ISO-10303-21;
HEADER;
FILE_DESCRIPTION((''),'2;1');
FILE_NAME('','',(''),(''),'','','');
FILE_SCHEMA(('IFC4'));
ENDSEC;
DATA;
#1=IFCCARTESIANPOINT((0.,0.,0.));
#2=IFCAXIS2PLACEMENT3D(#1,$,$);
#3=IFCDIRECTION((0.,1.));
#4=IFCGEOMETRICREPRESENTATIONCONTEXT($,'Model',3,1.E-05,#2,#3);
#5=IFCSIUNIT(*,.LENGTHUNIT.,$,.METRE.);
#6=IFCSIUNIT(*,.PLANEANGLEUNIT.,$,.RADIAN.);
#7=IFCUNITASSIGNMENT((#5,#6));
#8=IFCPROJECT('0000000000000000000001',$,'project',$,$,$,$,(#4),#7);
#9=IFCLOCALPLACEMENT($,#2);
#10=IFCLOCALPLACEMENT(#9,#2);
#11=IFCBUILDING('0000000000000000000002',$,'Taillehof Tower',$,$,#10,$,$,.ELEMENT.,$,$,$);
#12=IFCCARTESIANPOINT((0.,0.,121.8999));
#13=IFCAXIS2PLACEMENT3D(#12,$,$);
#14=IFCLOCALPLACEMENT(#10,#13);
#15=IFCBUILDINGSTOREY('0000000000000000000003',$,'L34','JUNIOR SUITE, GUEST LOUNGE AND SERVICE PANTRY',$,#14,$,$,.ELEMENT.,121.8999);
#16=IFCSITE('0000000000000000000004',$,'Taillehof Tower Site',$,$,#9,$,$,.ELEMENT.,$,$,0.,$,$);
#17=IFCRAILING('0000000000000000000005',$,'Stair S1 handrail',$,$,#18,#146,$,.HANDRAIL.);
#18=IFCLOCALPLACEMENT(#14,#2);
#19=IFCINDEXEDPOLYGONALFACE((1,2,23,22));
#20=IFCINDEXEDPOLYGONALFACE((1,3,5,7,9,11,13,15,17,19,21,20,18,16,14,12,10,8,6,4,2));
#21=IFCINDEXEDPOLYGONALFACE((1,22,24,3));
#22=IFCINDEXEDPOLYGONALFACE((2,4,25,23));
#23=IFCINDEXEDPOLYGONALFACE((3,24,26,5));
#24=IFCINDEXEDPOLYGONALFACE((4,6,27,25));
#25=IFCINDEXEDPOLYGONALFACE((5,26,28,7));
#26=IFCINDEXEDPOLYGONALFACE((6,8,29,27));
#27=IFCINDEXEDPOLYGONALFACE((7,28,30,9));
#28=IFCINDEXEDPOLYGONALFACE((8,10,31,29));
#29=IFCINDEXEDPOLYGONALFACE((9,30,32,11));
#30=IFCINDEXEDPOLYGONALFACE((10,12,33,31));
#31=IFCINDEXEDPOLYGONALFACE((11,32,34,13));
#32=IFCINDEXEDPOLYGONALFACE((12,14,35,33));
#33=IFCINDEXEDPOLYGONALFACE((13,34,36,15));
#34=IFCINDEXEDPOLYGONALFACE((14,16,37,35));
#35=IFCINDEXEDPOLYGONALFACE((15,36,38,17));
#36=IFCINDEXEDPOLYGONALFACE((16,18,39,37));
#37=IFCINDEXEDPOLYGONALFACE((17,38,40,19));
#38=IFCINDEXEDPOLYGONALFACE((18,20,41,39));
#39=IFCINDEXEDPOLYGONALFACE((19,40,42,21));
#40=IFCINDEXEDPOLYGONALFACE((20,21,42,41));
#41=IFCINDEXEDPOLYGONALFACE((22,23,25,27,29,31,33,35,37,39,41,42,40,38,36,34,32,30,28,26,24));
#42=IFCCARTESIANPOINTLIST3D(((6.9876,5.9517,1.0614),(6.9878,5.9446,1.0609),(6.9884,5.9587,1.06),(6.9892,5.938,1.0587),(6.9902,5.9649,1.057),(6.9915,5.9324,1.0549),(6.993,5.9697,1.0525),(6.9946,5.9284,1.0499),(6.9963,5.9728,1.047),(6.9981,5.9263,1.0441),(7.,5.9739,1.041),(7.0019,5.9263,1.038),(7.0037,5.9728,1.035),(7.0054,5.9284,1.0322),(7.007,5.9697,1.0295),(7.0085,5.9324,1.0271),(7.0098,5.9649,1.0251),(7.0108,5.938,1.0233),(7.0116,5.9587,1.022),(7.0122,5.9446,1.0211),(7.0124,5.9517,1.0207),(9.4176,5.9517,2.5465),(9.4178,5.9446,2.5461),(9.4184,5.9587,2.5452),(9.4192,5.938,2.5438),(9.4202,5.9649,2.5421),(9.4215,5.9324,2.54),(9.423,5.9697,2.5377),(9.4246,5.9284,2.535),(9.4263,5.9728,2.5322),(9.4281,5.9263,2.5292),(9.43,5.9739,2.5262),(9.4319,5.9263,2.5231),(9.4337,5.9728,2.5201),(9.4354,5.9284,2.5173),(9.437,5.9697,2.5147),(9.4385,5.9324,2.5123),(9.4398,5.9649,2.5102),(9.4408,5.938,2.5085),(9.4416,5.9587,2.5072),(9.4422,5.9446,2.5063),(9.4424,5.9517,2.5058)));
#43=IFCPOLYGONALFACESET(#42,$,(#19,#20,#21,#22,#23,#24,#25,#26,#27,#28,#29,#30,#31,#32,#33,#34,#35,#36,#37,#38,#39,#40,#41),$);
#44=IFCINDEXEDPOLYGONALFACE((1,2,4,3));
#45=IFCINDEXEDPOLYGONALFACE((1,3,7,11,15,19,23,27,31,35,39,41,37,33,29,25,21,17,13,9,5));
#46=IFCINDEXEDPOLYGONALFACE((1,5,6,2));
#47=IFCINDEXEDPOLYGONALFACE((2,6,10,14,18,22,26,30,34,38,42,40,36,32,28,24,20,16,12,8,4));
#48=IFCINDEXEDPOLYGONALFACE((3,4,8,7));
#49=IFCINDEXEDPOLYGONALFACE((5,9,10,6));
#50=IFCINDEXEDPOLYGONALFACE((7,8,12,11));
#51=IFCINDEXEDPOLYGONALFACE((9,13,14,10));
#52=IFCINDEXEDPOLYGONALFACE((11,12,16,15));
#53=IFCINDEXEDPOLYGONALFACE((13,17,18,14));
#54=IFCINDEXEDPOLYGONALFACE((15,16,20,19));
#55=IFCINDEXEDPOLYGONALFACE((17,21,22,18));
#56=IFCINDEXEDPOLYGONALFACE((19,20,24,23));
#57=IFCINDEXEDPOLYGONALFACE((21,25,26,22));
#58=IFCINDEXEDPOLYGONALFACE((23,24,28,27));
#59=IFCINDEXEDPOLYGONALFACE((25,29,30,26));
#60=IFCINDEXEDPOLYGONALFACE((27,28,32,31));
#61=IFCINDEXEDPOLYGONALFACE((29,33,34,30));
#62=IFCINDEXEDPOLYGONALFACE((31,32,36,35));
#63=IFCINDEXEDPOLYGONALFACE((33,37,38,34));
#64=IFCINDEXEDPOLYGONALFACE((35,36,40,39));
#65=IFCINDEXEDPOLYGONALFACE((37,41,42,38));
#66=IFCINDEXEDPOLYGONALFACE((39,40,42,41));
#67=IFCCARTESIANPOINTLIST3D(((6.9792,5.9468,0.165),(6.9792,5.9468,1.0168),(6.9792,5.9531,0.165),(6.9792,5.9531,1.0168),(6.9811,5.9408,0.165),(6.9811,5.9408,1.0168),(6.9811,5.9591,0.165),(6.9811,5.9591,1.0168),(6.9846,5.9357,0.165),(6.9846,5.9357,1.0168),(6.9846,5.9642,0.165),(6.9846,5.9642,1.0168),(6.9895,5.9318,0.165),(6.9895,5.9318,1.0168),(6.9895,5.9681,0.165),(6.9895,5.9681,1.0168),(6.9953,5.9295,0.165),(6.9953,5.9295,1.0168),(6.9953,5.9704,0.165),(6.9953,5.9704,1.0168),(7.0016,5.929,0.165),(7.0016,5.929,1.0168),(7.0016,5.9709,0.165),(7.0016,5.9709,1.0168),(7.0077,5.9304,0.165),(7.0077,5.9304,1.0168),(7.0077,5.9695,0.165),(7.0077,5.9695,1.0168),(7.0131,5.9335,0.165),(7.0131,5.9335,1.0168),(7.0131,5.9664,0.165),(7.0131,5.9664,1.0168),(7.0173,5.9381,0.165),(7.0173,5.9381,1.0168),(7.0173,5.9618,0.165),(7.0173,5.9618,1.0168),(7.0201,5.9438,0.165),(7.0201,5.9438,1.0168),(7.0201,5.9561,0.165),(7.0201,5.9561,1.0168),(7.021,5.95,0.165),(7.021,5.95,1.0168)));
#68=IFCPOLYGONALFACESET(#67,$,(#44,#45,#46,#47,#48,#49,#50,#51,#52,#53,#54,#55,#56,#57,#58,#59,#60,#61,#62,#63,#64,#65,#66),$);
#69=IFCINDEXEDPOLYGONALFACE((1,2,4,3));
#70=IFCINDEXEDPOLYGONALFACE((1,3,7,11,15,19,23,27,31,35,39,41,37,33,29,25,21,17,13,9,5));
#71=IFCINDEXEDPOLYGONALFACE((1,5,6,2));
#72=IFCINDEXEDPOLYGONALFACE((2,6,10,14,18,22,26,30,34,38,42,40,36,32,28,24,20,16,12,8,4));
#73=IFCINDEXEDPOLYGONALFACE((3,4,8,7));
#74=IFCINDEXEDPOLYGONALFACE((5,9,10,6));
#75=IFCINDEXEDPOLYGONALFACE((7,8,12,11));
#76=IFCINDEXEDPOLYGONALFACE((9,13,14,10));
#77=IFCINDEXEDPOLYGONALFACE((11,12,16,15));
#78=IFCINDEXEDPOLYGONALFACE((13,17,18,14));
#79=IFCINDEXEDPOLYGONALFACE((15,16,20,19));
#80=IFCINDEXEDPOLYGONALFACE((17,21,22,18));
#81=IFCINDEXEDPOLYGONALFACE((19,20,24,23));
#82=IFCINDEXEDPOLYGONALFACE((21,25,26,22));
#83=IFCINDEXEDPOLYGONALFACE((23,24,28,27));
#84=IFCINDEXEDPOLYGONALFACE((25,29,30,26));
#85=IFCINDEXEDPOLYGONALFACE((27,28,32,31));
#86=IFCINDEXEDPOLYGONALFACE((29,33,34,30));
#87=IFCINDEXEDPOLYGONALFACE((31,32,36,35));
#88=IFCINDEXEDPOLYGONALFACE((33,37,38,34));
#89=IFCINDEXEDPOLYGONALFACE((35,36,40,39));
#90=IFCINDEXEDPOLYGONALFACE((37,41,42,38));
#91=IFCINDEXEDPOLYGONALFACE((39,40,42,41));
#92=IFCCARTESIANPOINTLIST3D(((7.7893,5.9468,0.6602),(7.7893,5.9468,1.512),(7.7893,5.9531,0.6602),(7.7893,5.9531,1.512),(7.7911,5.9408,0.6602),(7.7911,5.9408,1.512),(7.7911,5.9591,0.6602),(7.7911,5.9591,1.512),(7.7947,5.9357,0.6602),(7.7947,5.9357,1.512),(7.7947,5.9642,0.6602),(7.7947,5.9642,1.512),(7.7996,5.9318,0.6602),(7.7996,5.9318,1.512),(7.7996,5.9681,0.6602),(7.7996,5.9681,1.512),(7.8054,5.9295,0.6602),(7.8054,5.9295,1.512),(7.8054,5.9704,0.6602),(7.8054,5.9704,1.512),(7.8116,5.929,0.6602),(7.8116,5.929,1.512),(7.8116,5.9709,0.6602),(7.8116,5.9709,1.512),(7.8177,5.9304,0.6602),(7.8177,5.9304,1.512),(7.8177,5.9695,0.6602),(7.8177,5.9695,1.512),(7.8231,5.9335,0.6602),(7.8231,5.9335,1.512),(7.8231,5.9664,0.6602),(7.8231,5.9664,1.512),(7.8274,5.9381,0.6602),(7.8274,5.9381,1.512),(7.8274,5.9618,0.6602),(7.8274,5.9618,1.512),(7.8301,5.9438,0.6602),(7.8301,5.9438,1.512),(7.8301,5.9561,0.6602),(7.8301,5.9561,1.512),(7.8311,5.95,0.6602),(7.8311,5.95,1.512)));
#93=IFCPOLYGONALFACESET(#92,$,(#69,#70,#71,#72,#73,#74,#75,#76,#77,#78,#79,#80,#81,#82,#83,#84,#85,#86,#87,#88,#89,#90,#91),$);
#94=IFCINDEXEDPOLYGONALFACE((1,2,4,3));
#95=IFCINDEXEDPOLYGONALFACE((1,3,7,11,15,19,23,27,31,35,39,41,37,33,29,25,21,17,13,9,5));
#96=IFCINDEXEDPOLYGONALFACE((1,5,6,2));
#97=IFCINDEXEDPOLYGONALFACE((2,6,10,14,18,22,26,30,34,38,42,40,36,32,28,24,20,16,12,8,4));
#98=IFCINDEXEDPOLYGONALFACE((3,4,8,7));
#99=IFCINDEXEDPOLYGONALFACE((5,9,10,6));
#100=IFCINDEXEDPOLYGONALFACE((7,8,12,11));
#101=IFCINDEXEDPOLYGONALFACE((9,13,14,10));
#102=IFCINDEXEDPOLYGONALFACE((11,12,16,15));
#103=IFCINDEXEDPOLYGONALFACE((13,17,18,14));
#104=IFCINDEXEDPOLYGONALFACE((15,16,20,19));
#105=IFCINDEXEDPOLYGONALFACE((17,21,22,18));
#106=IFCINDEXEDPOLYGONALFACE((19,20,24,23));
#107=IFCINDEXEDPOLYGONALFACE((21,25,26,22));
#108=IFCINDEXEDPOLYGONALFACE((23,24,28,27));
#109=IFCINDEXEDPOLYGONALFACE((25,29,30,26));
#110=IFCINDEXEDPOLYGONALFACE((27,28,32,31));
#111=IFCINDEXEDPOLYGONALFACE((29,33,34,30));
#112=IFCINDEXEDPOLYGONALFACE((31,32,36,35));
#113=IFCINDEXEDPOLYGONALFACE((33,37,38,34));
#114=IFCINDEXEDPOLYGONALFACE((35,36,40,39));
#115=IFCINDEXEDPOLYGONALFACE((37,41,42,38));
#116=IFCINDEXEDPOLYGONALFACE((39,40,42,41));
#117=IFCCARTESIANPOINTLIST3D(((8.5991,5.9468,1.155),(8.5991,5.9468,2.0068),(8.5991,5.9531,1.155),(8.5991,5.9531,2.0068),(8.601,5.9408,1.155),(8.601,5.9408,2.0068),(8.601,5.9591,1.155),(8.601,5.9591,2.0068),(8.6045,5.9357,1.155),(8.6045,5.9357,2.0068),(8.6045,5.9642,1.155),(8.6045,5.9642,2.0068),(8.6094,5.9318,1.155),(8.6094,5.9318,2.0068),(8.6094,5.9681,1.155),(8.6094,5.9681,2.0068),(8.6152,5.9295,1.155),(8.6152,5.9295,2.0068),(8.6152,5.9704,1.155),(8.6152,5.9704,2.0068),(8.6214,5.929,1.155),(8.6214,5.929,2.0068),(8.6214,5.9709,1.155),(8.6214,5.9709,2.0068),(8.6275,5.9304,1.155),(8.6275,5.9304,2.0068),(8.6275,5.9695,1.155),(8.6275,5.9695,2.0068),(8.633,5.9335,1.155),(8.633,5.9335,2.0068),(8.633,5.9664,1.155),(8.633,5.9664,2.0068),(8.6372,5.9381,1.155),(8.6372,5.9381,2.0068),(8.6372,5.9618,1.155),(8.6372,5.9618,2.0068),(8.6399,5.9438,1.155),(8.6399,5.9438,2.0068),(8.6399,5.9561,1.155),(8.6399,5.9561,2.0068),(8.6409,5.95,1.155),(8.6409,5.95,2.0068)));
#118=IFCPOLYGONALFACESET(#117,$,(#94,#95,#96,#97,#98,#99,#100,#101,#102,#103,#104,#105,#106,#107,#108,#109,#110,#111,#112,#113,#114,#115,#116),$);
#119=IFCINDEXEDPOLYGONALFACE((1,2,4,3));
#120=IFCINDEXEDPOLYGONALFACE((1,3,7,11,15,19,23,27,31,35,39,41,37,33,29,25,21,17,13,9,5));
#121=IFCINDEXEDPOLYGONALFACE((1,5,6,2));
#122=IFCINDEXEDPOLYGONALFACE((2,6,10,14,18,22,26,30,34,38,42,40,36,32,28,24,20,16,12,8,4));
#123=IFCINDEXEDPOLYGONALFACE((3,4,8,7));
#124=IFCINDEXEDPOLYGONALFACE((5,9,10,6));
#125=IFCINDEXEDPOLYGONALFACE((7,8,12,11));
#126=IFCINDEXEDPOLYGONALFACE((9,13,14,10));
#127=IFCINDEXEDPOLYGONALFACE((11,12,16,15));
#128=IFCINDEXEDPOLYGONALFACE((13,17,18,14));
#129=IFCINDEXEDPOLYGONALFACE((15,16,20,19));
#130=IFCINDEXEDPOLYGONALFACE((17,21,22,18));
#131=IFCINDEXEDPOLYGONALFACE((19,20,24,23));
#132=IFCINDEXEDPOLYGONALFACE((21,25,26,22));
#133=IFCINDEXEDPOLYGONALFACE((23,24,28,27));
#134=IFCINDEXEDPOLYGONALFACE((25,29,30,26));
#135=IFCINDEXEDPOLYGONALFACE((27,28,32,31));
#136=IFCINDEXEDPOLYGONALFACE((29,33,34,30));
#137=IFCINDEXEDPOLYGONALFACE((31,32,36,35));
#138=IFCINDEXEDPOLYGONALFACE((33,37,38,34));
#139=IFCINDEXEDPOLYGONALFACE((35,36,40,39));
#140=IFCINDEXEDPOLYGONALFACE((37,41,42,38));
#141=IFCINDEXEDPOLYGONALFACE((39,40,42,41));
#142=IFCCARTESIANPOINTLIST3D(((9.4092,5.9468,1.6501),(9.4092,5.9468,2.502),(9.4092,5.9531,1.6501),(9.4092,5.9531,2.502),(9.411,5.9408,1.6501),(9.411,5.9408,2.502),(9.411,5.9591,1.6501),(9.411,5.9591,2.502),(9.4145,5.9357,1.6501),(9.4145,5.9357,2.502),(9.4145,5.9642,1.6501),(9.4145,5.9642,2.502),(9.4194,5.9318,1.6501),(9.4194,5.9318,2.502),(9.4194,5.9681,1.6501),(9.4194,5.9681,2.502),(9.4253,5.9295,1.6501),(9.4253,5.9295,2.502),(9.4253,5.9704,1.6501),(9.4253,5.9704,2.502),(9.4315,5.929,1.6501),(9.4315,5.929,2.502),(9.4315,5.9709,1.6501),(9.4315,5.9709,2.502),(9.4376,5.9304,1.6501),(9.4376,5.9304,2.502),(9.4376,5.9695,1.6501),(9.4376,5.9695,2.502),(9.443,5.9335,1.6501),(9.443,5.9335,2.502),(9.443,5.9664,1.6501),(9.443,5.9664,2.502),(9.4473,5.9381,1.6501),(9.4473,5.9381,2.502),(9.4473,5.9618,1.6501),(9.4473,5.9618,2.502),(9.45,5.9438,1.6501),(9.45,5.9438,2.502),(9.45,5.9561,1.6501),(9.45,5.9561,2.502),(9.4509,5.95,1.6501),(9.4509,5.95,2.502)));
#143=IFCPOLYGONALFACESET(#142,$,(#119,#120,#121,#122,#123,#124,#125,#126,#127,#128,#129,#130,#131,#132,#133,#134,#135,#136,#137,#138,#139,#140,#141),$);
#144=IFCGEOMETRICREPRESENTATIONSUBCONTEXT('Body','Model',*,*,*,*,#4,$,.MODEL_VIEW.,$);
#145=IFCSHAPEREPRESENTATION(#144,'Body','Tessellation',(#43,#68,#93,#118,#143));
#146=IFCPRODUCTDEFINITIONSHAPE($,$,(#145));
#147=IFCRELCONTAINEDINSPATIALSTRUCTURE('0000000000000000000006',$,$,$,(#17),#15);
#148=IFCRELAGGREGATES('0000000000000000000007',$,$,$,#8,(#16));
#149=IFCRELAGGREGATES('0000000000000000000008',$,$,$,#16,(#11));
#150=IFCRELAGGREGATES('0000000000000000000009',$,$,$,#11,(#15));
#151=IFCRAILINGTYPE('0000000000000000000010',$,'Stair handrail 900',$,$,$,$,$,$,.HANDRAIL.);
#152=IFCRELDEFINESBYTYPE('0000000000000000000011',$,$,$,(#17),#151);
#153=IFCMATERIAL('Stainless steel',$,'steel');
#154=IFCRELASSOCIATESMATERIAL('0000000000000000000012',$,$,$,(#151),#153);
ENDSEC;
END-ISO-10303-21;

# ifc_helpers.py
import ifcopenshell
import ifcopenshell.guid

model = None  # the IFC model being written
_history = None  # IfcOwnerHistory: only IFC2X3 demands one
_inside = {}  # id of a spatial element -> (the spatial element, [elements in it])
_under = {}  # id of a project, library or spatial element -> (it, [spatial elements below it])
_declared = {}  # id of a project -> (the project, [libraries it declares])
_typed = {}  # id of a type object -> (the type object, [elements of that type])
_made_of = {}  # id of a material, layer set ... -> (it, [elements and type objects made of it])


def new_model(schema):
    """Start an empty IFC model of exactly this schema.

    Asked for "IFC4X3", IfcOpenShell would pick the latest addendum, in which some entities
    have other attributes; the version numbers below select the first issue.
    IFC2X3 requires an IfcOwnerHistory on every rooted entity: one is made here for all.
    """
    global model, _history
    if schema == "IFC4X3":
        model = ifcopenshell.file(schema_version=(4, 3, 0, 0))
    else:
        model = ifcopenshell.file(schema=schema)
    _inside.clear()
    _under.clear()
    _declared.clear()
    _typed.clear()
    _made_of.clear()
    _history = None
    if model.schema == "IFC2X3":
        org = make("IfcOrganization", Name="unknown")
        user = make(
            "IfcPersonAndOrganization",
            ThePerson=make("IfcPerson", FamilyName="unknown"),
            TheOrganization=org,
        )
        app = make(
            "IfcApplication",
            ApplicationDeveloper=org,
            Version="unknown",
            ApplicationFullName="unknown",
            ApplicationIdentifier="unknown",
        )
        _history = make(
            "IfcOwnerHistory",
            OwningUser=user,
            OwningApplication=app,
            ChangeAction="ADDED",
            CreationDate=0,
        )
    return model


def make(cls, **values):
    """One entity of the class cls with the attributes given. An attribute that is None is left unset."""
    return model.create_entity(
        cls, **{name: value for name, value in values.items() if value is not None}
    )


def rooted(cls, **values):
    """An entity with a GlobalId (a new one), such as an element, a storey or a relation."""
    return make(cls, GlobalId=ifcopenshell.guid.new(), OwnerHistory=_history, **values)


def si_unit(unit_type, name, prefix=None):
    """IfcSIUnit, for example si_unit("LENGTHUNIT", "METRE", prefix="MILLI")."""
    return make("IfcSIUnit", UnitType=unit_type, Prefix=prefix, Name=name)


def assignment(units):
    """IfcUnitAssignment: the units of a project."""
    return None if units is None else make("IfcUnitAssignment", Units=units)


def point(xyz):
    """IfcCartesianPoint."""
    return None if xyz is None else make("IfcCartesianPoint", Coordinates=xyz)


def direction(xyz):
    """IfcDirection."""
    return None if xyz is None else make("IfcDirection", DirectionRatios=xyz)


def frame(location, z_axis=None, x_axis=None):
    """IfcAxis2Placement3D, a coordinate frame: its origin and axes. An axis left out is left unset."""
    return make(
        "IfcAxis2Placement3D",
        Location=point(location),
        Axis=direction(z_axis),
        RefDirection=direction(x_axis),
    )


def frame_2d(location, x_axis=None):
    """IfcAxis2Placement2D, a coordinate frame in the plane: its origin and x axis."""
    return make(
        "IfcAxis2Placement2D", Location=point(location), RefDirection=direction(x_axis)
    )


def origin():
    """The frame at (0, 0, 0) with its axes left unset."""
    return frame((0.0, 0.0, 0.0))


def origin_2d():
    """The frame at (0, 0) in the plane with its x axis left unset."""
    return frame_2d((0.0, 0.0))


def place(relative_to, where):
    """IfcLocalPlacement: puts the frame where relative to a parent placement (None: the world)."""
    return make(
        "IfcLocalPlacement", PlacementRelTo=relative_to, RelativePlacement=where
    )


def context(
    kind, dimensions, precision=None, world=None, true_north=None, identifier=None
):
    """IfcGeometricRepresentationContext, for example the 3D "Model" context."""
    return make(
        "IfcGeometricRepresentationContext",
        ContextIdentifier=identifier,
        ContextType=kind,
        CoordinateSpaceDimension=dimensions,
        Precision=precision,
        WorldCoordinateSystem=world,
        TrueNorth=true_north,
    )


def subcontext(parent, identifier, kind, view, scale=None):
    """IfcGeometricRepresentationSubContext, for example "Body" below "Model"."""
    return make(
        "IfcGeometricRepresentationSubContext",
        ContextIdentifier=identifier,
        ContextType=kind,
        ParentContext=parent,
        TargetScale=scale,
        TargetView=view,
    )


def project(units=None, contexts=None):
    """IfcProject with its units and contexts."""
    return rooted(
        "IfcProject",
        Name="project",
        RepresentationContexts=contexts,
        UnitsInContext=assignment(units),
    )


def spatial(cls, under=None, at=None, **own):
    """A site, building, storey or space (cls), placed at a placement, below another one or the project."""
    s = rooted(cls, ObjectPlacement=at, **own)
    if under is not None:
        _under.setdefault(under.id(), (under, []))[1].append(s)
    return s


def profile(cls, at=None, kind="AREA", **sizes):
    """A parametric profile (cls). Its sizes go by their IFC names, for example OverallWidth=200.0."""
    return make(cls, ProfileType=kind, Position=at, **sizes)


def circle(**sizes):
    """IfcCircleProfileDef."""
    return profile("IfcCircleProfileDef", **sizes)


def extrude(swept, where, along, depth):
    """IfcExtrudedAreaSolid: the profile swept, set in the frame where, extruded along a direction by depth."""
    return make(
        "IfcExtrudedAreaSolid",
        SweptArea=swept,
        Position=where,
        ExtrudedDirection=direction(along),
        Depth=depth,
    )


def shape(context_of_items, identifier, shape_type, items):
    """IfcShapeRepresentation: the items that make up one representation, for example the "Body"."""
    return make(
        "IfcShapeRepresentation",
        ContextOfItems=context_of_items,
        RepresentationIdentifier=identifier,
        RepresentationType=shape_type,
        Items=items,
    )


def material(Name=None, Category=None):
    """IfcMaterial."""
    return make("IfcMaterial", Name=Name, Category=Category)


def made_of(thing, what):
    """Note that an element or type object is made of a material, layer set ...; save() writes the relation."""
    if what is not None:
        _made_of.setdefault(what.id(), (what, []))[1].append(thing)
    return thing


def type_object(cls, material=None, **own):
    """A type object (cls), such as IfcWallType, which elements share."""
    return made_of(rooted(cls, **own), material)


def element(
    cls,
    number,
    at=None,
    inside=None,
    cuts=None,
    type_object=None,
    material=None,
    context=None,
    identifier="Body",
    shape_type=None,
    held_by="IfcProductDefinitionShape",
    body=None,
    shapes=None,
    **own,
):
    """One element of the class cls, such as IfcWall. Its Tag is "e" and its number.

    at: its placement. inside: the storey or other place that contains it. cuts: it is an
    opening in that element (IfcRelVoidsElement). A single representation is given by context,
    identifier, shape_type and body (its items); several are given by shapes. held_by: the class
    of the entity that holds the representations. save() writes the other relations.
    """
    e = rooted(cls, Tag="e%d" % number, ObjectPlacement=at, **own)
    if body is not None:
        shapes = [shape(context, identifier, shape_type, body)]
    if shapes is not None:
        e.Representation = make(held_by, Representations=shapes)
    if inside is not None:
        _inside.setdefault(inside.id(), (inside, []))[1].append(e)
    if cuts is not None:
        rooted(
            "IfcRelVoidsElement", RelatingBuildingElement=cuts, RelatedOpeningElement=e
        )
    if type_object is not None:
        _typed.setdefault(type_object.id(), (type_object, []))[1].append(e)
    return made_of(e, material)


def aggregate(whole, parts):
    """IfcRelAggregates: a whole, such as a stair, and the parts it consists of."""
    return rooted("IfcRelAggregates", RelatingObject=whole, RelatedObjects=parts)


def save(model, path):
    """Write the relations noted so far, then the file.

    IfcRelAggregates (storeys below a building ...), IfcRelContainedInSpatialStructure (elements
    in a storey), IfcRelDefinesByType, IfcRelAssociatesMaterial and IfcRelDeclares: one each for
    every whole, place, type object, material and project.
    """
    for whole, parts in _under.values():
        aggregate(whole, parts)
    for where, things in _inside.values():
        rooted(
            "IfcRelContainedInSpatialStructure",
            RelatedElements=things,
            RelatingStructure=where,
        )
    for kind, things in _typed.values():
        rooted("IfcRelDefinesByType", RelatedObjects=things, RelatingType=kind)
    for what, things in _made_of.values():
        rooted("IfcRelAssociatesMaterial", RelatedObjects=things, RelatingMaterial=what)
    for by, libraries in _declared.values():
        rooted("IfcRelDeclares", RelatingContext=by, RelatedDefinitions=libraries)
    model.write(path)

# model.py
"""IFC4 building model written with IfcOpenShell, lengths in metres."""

from ifc_helpers import new_model, si_unit, direction, frame, origin, origin_2d, place, context, subcontext, project, spatial, circle, extrude, material, type_object, element, save


model = new_model("IFC4")

# Units and contexts
model_context = context("Model", 3, precision=1e-05, world=origin(), true_north=direction((0.0, 1.0)))
body_context = subcontext(model_context, "Body", "Model", "MODEL_VIEW")
ifc_project = project(units=[si_unit("LENGTHUNIT", "METRE"), si_unit("PLANEANGLEUNIT", "RADIAN")], contexts=[model_context])

# Site, building, storey
site_placement = place(None, origin())
site = spatial("IfcSite", under=ifc_project, at=site_placement, Name="Taillehof Tower Site", CompositionType="ELEMENT", RefElevation=0.0)
building_placement = place(site_placement, origin())
building = spatial("IfcBuilding", under=site, at=building_placement, Name="Taillehof Tower", CompositionType="ELEMENT")
storey_placement = place(building_placement, frame((0.0, 0.0, 121.8999)))
storey = spatial("IfcBuildingStorey", under=building, at=storey_placement, Name="L34", Description="JUNIOR SUITE, GUEST LOUNGE AND SERVICE PANTRY", CompositionType="ELEMENT", Elevation=121.8999)

# Railing
ifc_material_1 = material(Name="Stainless steel", Category="steel")
railing_type = type_object("IfcRailingType", Name="Stair handrail 900", PredefinedType="HANDRAIL", material=ifc_material_1)
railing_placement = place(storey_placement, frame((7.0, 5.95, 0.165)))
element("IfcRailing", 1, at=railing_placement, inside=storey, type_object=railing_type, Name="Stair S1 handrail", PredefinedType="HANDRAIL", context=body_context, shape_type="SweptSolid", body=[
    extrude(circle(Radius=0.0239, at=origin_2d()), frame((0.0, 0.0, 0.876), z_axis=(0.853259, 0.0, 0.521488), x_axis=(0.0, 1.0, 0.0)), (0.0, 0.0, 1.0), 2.8479),
    extrude(circle(Radius=0.021, at=origin_2d()), origin(), (0.0, 0.0, 1.0), 0.8518),
    extrude(circle(Radius=0.021, at=origin_2d()), frame((0.8101, 0.0, 0.4951)), (0.0, 0.0, 1.0), 0.8518),
    extrude(circle(Radius=0.021, at=origin_2d()), frame((1.6199, 0.0, 0.99)), (0.0, 0.0, 1.0), 0.8518),
    extrude(circle(Radius=0.021, at=origin_2d()), frame((2.4299, 0.0, 1.4851)), (0.0, 0.0, 1.0), 0.8518),
])

save(model, "model.ifc")
